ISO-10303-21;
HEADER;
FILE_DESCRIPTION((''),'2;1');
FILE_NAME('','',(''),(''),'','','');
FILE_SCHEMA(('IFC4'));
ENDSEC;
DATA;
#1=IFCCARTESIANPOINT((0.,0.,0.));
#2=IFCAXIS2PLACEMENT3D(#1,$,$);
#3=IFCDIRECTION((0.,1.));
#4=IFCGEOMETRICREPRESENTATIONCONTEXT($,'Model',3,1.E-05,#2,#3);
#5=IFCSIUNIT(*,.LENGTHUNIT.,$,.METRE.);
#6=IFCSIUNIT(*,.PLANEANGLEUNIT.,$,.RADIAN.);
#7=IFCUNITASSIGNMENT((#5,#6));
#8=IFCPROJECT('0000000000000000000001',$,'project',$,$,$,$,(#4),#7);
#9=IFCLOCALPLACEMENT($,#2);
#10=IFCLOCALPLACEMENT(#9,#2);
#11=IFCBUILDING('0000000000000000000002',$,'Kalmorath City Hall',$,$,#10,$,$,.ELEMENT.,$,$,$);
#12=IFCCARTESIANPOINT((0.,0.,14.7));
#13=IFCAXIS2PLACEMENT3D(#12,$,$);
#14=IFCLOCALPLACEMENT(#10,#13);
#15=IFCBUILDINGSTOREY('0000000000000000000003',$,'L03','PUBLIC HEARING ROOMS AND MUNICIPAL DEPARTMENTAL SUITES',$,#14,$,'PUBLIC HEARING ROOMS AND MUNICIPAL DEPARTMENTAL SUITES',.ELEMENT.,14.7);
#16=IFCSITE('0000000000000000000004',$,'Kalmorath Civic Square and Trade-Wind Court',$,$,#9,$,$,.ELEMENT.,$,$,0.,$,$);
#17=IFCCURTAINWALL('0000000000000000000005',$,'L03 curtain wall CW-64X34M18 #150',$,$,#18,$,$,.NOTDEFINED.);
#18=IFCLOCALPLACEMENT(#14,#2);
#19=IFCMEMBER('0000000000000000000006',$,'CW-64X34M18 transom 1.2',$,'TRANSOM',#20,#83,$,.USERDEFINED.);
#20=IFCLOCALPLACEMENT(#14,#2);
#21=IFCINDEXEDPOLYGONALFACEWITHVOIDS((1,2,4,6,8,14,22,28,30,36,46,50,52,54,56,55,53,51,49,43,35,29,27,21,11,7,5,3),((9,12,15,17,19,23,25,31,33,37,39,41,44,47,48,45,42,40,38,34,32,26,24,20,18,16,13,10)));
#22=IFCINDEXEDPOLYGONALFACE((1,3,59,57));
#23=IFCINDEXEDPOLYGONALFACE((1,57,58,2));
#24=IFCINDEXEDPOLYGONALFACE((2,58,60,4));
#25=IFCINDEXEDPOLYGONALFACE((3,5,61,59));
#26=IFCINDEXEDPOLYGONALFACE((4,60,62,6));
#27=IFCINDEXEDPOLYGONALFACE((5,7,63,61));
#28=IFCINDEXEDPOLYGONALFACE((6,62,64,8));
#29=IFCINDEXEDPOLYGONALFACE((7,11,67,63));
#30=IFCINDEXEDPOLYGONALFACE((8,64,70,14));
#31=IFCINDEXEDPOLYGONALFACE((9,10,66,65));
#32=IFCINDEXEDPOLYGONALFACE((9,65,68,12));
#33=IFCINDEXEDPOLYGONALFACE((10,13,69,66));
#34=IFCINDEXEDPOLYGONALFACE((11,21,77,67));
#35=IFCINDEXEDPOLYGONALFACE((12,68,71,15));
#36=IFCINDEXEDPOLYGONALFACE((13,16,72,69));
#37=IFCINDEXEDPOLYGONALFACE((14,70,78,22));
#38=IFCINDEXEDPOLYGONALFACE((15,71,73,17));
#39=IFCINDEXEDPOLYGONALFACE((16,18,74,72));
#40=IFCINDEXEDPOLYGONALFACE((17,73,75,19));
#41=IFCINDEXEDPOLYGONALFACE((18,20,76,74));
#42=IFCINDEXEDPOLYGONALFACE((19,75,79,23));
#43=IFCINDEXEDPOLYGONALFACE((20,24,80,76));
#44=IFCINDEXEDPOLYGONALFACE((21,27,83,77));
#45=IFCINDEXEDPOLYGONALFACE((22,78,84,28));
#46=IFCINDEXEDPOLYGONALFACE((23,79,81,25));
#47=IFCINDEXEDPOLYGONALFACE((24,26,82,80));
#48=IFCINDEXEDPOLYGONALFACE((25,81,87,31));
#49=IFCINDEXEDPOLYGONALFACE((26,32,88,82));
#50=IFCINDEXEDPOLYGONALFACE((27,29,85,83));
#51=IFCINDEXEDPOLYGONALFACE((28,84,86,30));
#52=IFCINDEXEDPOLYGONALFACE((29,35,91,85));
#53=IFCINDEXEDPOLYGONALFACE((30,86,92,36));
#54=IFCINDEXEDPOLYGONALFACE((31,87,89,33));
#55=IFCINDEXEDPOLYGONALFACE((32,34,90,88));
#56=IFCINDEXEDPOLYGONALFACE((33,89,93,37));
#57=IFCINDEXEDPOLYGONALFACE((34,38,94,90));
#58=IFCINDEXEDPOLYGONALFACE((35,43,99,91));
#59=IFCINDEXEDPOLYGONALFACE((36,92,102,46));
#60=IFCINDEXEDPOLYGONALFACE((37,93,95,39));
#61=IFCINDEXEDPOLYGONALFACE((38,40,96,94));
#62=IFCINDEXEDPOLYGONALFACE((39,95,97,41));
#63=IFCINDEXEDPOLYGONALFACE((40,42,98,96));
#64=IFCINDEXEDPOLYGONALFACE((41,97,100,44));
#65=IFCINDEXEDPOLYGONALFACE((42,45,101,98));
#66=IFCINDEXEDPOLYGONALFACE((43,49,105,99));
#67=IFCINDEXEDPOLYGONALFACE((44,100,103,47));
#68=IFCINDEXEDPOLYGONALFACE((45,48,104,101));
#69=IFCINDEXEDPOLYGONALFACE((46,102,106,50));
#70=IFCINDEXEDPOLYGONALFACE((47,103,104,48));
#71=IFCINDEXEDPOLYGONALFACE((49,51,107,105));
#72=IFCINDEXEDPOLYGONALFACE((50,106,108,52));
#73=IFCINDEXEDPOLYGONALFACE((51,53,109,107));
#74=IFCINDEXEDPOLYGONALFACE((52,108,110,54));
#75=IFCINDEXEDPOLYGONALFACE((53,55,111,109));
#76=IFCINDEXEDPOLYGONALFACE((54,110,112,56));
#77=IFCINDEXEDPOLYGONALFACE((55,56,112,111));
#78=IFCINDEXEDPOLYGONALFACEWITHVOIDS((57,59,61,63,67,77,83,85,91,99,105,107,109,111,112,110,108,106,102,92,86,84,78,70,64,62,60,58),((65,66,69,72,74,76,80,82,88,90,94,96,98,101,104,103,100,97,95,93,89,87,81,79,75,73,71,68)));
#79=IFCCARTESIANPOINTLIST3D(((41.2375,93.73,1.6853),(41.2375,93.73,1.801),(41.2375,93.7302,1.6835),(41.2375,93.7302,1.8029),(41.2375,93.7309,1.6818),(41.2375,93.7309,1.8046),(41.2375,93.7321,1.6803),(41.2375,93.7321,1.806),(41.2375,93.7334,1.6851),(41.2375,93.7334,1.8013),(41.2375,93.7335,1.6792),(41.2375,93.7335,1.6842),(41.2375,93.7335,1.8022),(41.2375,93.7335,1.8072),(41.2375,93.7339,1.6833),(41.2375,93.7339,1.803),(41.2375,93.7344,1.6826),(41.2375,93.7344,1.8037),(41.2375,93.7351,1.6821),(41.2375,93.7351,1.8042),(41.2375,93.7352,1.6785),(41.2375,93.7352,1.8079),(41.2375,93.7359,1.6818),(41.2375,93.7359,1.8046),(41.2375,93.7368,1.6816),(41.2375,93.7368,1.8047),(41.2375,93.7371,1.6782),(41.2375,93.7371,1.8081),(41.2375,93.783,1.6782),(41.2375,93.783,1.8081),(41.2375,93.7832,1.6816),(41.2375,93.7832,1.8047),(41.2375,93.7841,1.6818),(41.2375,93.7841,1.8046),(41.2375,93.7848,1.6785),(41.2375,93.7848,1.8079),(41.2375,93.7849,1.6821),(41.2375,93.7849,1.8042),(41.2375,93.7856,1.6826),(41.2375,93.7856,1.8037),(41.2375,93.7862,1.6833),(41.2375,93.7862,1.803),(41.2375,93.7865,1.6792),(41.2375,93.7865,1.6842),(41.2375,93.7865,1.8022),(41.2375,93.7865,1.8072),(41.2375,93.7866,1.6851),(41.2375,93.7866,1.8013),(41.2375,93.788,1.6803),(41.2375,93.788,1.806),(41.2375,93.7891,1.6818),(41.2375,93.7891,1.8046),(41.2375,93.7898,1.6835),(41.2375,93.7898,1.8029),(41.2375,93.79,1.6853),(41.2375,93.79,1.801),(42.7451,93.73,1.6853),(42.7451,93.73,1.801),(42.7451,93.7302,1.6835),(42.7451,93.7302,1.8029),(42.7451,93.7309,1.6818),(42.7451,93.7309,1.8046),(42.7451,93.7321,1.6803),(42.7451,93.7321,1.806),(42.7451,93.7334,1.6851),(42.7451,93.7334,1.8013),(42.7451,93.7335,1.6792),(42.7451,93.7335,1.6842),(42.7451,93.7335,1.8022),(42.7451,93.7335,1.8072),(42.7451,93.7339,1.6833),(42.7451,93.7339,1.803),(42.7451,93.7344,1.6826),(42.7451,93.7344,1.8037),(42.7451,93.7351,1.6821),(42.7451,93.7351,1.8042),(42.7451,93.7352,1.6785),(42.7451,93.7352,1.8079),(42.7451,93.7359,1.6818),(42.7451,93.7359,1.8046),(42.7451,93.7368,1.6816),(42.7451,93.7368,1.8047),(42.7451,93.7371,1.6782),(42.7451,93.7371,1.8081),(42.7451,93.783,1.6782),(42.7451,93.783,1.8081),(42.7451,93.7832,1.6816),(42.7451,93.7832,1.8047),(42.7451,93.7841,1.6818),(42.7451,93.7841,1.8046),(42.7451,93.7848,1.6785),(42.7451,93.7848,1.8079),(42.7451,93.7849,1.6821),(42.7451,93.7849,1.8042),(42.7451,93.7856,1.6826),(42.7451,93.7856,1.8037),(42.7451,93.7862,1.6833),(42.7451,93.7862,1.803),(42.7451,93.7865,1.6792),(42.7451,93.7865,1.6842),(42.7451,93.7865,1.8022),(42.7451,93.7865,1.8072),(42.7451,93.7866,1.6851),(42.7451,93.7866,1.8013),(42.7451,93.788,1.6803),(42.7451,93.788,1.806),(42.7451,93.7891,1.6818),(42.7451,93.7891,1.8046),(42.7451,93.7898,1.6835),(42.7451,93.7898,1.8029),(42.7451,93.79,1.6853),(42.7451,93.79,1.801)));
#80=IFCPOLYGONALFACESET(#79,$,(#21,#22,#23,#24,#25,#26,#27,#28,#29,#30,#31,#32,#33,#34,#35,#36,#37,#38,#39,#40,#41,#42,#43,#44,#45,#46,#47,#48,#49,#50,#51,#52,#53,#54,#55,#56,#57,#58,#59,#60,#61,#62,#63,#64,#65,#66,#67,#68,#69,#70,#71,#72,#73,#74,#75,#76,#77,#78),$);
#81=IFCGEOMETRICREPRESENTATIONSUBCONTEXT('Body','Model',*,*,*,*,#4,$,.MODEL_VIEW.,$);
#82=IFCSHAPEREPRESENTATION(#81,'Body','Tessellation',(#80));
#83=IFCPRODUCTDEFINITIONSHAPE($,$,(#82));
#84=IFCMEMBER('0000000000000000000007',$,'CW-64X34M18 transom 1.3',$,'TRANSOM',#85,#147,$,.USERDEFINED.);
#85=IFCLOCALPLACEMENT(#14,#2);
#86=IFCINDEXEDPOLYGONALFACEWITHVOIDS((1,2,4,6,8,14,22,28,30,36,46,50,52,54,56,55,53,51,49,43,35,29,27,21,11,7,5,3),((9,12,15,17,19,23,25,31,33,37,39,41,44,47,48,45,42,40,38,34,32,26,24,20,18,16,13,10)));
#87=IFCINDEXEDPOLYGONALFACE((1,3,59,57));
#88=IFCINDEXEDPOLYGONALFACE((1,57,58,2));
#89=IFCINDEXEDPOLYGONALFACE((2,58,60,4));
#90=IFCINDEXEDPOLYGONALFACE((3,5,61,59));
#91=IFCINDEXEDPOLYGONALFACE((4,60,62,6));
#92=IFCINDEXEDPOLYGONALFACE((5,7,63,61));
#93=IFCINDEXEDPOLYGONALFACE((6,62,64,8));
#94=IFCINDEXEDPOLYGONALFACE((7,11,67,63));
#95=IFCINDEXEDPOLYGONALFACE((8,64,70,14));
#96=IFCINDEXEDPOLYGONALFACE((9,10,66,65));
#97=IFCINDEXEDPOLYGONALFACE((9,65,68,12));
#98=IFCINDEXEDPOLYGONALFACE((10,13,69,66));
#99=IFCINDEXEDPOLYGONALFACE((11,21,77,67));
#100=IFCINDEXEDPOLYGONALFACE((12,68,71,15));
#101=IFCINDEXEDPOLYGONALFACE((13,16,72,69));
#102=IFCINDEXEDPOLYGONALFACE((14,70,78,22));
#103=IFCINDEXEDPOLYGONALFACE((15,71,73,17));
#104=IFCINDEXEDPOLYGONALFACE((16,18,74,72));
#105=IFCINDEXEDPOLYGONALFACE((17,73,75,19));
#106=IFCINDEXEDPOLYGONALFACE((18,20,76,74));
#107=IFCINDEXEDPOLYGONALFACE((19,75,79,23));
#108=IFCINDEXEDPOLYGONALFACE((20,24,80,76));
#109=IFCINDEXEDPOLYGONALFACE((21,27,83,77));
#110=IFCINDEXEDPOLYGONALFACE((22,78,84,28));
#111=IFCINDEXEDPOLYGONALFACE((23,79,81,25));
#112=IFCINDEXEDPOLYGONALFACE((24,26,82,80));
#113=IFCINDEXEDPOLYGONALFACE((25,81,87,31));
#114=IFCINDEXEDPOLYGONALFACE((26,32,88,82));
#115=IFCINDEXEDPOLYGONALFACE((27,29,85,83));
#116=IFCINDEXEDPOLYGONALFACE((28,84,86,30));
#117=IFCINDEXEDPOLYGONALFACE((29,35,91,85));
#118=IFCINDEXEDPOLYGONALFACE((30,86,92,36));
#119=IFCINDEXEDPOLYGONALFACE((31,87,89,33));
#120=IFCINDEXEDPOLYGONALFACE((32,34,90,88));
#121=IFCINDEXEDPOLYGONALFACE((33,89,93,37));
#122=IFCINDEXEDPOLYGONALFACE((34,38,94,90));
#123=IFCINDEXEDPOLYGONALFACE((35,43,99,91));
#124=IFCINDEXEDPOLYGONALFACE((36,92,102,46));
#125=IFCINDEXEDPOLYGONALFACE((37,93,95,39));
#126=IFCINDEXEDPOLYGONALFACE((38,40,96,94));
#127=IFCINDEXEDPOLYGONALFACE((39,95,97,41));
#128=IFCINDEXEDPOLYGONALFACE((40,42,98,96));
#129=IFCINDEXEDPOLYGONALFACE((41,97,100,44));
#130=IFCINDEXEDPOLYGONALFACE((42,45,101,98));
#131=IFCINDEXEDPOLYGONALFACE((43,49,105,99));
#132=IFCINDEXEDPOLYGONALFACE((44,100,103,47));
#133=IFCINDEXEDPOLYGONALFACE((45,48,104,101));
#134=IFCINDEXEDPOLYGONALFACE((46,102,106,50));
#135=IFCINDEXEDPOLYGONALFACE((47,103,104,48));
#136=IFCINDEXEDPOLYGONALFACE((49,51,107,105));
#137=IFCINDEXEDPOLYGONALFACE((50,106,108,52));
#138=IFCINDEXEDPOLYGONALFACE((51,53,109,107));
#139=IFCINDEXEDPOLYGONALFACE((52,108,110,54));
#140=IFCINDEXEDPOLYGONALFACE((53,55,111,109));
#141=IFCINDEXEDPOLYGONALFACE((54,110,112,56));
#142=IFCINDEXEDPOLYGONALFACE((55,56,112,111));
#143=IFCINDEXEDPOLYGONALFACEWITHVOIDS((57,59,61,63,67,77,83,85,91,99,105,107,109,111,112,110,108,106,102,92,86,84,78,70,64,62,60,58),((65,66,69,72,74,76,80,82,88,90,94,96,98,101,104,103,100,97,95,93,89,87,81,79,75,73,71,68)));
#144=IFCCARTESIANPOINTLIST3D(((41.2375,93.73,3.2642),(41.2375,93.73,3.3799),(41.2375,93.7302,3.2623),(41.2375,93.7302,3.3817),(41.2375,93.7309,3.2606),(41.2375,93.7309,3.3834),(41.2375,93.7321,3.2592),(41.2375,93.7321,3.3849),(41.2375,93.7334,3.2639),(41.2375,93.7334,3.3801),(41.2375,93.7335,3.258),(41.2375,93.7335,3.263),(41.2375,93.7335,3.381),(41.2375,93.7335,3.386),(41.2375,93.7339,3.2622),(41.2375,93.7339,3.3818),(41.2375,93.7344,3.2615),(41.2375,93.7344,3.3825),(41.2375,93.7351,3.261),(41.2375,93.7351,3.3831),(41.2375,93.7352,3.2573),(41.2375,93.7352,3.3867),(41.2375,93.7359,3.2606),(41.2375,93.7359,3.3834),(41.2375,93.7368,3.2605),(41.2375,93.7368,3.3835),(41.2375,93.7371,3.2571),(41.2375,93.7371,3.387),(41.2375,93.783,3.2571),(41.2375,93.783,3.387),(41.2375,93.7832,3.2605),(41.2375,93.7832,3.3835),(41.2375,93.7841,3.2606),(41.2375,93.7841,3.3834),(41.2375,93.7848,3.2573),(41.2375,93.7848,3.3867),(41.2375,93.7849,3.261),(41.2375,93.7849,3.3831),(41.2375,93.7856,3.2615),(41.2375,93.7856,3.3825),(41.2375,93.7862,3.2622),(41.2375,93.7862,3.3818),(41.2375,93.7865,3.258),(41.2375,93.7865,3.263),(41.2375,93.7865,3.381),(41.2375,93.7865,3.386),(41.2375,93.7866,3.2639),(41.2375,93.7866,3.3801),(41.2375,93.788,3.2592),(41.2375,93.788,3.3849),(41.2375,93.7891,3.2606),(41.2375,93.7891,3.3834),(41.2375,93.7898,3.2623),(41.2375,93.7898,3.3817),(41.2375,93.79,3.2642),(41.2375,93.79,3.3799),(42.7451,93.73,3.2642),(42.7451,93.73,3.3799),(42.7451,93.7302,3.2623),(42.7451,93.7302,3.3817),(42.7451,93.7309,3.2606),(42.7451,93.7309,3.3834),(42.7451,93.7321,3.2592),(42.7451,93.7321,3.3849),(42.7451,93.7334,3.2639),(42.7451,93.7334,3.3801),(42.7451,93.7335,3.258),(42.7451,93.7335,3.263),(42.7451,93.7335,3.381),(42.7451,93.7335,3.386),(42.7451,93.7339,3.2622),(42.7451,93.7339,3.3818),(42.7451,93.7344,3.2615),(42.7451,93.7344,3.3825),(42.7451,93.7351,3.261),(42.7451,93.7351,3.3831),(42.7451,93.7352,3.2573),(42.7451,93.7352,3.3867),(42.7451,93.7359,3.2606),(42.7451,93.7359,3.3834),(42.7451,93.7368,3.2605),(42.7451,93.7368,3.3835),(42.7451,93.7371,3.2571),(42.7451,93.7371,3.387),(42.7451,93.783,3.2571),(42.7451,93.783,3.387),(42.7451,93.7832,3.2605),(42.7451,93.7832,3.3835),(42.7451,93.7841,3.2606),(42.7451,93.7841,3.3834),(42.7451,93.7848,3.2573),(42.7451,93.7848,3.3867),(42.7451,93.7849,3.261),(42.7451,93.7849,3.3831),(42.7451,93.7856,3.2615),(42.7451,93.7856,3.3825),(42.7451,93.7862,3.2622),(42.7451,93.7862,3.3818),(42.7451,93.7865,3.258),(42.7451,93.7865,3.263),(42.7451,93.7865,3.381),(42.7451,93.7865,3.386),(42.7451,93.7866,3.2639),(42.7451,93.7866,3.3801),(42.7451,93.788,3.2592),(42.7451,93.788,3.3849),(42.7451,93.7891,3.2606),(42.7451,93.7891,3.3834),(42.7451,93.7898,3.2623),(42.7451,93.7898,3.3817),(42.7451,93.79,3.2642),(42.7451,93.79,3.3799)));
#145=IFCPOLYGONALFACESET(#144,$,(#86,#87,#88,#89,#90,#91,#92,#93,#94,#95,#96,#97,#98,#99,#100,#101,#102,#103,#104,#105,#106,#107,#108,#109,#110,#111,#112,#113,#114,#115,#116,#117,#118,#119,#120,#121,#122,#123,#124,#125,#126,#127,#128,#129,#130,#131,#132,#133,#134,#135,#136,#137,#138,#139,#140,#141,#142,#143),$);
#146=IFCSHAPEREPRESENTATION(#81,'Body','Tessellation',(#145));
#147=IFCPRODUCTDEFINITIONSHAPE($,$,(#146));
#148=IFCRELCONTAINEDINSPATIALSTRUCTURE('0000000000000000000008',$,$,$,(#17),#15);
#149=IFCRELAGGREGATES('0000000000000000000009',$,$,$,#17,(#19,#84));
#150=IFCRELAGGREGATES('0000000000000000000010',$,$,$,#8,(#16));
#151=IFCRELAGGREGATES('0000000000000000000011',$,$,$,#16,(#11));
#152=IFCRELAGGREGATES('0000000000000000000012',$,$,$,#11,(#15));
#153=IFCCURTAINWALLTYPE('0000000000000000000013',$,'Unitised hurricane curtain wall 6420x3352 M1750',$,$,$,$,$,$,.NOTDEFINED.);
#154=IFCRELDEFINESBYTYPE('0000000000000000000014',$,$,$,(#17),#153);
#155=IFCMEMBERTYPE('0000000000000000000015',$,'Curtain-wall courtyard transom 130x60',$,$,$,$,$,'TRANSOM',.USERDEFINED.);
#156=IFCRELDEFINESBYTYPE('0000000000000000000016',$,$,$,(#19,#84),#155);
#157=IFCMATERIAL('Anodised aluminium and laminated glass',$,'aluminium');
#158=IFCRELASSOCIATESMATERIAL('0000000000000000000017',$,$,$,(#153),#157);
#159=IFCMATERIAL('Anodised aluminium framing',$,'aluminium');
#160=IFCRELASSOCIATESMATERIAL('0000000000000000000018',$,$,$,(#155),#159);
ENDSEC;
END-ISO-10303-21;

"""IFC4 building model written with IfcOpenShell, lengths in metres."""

from ifc_helpers import new_model, si_unit, direction, frame, origin, origin_2d, place, context, subcontext, project, spatial, hollow_rectangle, extrude, material, material_profile, profile_set, type_object, element, aggregate, save


model = new_model("IFC4")

# Units and contexts
model_context = context("Model", 3, precision=1e-05, world=origin(), true_north=direction((0.0, 1.0)))
body_context = subcontext(model_context, "Body", "Model", "MODEL_VIEW")
ifc_project = project(units=[si_unit("LENGTHUNIT", "METRE"), si_unit("PLANEANGLEUNIT", "RADIAN")], contexts=[model_context])

# Site, building, storey
site_placement = place(None, origin())
site = spatial("IfcSite", under=ifc_project, at=site_placement, Name="Kalmorath Civic Square and Trade-Wind Court", CompositionType="ELEMENT", RefElevation=0.0)
building_placement = place(site_placement, origin())
building = spatial("IfcBuilding", under=site, at=building_placement, Name="Kalmorath City Hall", CompositionType="ELEMENT")
storey_placement = place(building_placement, frame((0.0, 0.0, 14.7)))
storey = spatial("IfcBuildingStorey", under=building, at=storey_placement, Name="L03", Description="PUBLIC HEARING ROOMS AND MUNICIPAL DEPARTMENTAL SUITES", LongName="PUBLIC HEARING ROOMS AND MUNICIPAL DEPARTMENTAL SUITES", CompositionType="ELEMENT", Elevation=14.7)

# Curtain wall, members
ifc_material_1 = material(Name="Anodised aluminium and laminated glass", Category="aluminium")
curtain_wall_type = type_object("IfcCurtainWallType", Name="Unitised hurricane curtain wall 6420x3352 M1750", PredefinedType="NOTDEFINED", material=ifc_material_1)
curtain_wall_placement = place(storey_placement, origin())
curtain_wall = element("IfcCurtainWall", 1, at=curtain_wall_placement, inside=storey, type_object=curtain_wall_type, Name="L03 curtain wall CW-64X34M18 #150", PredefinedType="NOTDEFINED")
ifc_material_2 = material(Name="Anodised aluminium framing", Category="aluminium")
ifc_material_profile_1 = material_profile(ifc_material_2, hollow_rectangle(XDim=0.0601, YDim=0.1299, WallThickness=0.0034, InnerFilletRadius=0.0034, OuterFilletRadius=0.0071, at=origin_2d()), Name="ALU-TRN-130X60X3.5")
ifc_profile_set_1 = profile_set([ifc_material_profile_1], Name="Anodised aluminium framing")
member_type_1 = type_object("IfcMemberType", Name="Curtain-wall courtyard transom 130x60", ElementType="TRANSOM", PredefinedType="USERDEFINED", material=ifc_profile_set_1)
member_1_placement = place(storey_placement, frame((42.7451, 93.76, 1.7432), z_axis=(-1.0, 0.0, 0.0), x_axis=(0.0, -1.0, 0.0)))
member_1 = element("IfcMember", 2, at=member_1_placement, type_object=member_type_1, Name="CW-64X34M18 transom 1.2", ObjectType="TRANSOM", PredefinedType="USERDEFINED", context=body_context, shape_type="SweptSolid", body=[
    extrude(hollow_rectangle(XDim=0.0601, YDim=0.1299, WallThickness=0.0034, InnerFilletRadius=0.0034, OuterFilletRadius=0.0071, at=origin_2d()), origin(), (0.0, 0.0, 1.0), 1.5076),
])
member_2_placement = place(storey_placement, frame((42.7451, 93.76, 3.322), z_axis=(-1.0, 0.0, 0.0), x_axis=(0.0, -1.0, 0.0)))
member_2 = element("IfcMember", 3, at=member_2_placement, type_object=member_type_1, Name="CW-64X34M18 transom 1.3", ObjectType="TRANSOM", PredefinedType="USERDEFINED", context=body_context, shape_type="SweptSolid", body=[
    extrude(hollow_rectangle(XDim=0.0601, YDim=0.1299, WallThickness=0.0034, InnerFilletRadius=0.0034, OuterFilletRadius=0.0071, at=origin_2d()), origin(), (0.0, 0.0, 1.0), 1.5076),
])
aggregate(curtain_wall, [member_1, member_2])

save(model, "model.ifc")
